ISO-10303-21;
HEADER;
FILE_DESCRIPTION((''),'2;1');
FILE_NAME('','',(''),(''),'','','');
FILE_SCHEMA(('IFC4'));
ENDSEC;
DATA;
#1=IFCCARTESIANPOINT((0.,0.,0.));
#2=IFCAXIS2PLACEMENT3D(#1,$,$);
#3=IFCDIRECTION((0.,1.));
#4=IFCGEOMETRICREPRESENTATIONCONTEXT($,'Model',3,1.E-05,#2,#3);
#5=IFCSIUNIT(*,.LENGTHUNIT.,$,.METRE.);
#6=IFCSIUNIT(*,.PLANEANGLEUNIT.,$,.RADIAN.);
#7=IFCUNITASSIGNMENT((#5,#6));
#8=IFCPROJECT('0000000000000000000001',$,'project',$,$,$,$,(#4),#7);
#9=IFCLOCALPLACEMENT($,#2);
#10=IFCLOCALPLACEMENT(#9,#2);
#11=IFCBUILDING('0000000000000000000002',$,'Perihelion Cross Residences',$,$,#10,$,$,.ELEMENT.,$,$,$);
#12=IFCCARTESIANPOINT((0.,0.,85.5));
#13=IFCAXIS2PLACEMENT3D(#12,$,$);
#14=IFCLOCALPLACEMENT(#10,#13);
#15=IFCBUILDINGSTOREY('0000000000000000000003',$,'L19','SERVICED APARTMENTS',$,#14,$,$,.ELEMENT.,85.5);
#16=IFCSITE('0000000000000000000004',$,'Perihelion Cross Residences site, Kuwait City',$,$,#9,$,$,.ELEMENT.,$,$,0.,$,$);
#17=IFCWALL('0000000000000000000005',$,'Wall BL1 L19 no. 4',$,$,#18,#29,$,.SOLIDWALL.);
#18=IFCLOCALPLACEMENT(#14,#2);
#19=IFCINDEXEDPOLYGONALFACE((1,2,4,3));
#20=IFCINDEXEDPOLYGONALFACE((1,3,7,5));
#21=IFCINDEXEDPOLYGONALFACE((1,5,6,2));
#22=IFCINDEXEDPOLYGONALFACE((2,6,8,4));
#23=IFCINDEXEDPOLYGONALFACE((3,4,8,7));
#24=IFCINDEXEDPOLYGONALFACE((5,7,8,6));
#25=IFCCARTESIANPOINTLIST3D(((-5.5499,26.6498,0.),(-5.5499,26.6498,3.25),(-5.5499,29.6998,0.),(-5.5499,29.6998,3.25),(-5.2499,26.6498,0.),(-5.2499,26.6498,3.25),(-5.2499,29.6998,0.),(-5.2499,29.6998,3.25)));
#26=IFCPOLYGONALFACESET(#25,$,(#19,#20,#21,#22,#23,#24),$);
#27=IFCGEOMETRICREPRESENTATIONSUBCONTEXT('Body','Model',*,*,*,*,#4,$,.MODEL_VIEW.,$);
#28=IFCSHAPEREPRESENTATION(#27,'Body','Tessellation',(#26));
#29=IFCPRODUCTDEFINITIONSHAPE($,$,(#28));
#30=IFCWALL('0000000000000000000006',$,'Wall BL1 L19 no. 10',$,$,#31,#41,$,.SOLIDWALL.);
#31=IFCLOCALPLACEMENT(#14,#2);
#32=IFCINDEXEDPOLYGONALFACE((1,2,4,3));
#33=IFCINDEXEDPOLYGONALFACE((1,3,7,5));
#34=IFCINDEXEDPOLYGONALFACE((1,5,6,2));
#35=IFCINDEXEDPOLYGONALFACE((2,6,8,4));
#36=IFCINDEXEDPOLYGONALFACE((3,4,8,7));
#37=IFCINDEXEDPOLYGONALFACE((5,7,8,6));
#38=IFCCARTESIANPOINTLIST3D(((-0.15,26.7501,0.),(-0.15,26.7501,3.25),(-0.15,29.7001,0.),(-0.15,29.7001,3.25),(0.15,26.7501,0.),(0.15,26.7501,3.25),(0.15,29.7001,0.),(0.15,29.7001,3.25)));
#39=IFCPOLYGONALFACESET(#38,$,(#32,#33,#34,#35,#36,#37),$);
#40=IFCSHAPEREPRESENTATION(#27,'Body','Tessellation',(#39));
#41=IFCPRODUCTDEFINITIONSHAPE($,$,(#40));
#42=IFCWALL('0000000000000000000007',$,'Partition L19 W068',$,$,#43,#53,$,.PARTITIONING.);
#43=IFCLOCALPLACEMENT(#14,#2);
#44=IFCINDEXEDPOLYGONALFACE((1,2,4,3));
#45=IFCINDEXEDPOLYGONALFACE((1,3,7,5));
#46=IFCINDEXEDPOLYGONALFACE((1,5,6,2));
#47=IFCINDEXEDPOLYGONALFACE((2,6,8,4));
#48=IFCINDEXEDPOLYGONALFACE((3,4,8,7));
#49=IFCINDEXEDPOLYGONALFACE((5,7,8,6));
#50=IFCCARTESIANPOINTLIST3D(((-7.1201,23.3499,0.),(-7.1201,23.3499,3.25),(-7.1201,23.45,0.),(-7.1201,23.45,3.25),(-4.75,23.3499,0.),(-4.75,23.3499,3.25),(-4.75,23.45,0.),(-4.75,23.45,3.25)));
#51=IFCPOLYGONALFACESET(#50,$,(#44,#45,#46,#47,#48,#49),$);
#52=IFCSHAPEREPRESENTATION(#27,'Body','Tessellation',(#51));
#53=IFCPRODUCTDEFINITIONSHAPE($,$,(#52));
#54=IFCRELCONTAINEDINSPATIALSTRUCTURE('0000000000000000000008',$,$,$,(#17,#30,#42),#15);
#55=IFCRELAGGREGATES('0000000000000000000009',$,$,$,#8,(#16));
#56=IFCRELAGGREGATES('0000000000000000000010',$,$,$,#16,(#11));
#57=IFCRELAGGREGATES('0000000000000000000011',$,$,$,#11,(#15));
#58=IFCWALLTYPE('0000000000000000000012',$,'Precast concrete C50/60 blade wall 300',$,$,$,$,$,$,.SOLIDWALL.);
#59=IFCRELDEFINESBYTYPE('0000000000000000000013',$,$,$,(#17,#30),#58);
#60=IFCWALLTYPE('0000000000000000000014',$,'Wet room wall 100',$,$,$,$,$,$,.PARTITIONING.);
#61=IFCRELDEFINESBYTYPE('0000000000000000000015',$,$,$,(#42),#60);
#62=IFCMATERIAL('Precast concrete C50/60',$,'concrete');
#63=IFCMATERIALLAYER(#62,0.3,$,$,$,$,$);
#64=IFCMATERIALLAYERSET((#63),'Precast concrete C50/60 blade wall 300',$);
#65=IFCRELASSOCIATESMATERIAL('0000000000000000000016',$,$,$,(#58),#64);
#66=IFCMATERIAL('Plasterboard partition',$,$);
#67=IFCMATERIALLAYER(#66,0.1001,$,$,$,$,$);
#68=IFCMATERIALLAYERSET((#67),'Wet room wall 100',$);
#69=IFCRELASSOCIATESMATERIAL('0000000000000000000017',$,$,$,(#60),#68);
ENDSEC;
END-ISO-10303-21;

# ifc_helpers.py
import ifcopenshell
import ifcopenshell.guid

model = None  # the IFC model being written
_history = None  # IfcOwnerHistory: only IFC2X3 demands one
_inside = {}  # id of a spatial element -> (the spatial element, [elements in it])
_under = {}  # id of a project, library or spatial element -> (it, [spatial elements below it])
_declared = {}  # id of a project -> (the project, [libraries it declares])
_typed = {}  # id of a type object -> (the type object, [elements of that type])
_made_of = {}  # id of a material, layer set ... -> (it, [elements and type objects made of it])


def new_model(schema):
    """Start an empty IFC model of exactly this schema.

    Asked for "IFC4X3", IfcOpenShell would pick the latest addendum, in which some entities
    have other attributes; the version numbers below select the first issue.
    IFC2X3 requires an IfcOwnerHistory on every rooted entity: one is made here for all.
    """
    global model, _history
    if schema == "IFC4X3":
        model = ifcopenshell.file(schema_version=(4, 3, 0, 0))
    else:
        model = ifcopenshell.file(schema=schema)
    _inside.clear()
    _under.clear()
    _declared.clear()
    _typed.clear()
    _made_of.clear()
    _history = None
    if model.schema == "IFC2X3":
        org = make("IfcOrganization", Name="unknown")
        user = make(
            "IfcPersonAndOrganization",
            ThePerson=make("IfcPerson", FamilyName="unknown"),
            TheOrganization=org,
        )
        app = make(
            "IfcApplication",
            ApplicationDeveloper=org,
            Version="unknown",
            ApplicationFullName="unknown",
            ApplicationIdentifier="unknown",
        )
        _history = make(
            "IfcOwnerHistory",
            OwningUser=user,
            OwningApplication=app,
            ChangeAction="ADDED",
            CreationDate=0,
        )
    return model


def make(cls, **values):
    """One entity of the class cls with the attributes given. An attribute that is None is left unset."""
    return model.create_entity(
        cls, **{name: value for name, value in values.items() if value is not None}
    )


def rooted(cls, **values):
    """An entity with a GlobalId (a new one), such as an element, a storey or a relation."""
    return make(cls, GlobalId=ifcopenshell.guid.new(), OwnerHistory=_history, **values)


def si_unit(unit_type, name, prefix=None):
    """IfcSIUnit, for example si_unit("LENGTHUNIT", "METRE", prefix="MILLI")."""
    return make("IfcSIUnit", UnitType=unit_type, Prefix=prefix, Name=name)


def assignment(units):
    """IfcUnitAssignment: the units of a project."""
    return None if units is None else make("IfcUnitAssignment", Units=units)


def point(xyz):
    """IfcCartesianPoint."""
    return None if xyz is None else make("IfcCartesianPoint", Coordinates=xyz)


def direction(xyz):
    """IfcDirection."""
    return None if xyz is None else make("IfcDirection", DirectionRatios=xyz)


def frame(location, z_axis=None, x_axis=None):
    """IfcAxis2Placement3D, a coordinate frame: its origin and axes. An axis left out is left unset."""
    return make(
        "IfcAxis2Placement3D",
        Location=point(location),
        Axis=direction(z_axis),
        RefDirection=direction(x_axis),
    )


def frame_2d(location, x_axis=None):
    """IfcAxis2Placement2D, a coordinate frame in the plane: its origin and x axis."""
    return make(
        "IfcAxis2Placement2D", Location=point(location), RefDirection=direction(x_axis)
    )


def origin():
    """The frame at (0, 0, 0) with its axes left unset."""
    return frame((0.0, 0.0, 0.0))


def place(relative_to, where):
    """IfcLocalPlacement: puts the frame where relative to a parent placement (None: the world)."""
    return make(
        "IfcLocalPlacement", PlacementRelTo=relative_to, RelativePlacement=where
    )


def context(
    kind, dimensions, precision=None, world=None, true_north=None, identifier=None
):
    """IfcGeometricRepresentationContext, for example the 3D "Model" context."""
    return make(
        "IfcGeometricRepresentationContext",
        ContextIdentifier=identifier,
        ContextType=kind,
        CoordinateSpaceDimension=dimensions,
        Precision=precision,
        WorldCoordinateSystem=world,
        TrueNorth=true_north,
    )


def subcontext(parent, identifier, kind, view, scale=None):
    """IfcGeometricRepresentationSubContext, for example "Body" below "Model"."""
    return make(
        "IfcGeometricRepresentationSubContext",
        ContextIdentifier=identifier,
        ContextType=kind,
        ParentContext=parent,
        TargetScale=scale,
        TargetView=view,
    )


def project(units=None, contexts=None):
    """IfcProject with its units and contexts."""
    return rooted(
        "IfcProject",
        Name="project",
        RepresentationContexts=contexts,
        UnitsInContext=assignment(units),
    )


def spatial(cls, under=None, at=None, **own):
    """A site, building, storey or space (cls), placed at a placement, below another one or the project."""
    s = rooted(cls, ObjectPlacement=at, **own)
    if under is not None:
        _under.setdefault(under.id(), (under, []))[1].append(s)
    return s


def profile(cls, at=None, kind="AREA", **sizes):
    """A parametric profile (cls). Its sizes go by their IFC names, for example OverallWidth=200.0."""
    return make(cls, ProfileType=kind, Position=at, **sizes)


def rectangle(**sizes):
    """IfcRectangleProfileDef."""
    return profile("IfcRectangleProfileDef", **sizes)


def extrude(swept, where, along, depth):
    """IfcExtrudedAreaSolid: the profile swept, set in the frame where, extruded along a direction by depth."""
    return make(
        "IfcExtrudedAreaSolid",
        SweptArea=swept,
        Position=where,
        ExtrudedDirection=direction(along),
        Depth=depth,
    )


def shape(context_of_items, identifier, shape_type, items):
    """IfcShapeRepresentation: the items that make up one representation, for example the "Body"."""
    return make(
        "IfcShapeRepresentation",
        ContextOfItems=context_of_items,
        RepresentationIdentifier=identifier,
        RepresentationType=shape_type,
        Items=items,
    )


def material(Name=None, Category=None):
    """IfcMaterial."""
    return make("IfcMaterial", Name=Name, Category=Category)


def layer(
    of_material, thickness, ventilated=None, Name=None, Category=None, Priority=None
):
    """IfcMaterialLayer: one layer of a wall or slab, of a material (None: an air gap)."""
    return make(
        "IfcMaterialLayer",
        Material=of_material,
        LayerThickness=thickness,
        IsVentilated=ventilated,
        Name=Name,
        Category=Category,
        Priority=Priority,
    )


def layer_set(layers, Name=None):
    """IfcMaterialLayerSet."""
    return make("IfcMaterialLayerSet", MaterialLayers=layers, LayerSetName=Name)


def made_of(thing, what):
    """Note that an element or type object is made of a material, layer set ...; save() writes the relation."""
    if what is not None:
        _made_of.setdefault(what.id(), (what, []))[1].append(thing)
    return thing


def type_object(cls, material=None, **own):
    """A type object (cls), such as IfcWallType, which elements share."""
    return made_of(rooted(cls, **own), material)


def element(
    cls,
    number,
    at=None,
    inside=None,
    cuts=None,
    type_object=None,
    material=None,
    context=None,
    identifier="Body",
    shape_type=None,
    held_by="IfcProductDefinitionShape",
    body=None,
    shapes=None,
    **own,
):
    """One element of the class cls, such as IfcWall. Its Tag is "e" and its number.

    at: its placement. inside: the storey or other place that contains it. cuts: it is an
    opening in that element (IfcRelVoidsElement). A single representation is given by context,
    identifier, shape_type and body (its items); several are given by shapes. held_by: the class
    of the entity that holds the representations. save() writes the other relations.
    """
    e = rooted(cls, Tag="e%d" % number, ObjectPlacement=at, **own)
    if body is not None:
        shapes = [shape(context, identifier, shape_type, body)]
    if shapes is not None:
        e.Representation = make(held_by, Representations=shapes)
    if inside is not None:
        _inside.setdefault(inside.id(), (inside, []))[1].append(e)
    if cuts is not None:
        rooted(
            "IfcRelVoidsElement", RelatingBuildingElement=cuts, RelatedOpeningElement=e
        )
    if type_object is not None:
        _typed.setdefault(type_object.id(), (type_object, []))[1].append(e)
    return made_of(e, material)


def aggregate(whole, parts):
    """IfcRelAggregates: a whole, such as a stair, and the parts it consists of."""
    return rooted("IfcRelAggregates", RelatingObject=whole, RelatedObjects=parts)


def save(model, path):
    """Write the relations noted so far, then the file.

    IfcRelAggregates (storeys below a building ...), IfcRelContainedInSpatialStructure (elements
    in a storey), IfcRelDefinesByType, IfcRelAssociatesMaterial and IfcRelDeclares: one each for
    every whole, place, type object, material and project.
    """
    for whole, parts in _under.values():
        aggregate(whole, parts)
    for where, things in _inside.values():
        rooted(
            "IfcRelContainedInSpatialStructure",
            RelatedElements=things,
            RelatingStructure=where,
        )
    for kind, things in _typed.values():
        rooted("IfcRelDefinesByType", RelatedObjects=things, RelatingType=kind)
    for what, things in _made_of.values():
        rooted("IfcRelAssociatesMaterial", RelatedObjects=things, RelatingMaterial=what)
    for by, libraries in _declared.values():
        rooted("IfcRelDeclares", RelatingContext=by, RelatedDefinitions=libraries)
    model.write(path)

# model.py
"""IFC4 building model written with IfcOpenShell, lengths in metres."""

from ifc_helpers import new_model, si_unit, direction, frame, frame_2d, origin, place, context, subcontext, project, spatial, rectangle, extrude, material, layer, layer_set, type_object, element, save


model = new_model("IFC4")

# Units and contexts
model_context = context("Model", 3, precision=1e-05, world=origin(), true_north=direction((0.0, 1.0)))
body_context = subcontext(model_context, "Body", "Model", "MODEL_VIEW")
ifc_project = project(units=[si_unit("LENGTHUNIT", "METRE"), si_unit("PLANEANGLEUNIT", "RADIAN")], contexts=[model_context])

# Site, building, storey
site_placement = place(None, origin())
site = spatial("IfcSite", under=ifc_project, at=site_placement, Name="Perihelion Cross Residences site, Kuwait City", CompositionType="ELEMENT", RefElevation=0.0)
building_placement = place(site_placement, origin())
building = spatial("IfcBuilding", under=site, at=building_placement, Name="Perihelion Cross Residences", CompositionType="ELEMENT")
storey_placement = place(building_placement, frame((0.0, 0.0, 85.5)))
storey = spatial("IfcBuildingStorey", under=building, at=storey_placement, Name="L19", Description="SERVICED APARTMENTS", CompositionType="ELEMENT", Elevation=85.5)

# Walls
ifc_material_1 = material(Name="Precast concrete C50/60", Category="concrete")
ifc_layer_1 = layer(ifc_material_1, 0.3)
ifc_layer_set_1 = layer_set([ifc_layer_1], Name="Precast concrete C50/60 blade wall 300")
wall_type_1 = type_object("IfcWallType", Name="Precast concrete C50/60 blade wall 300", PredefinedType="SOLIDWALL", material=ifc_layer_set_1)
wall_1_placement = place(storey_placement, frame((-5.3999, 26.6499, 0.0), z_axis=(0.0, 0.0, 1.0), x_axis=(0.0, 1.0, 0.0)))
element("IfcWall", 1, at=wall_1_placement, inside=storey, type_object=wall_type_1, Name="Wall BL1 L19 no. 4", PredefinedType="SOLIDWALL", context=body_context, shape_type="SweptSolid", body=[
    extrude(rectangle(XDim=3.05, YDim=0.3, at=frame_2d((1.5249, 0.0))), origin(), (0.0, 0.0, 1.0), 3.25),
])
wall_2_placement = place(storey_placement, frame((0.0, 26.75, 0.0), z_axis=(0.0, 0.0, 1.0), x_axis=(0.0, 1.0, 0.0)))
element("IfcWall", 2, at=wall_2_placement, inside=storey, type_object=wall_type_1, Name="Wall BL1 L19 no. 10", PredefinedType="SOLIDWALL", context=body_context, shape_type="SweptSolid", body=[
    extrude(rectangle(XDim=2.95, YDim=0.3, at=frame_2d((1.4751, 0.0))), origin(), (0.0, 0.0, 1.0), 3.25),
])
ifc_material_2 = material(Name="Plasterboard partition")
ifc_layer_2 = layer(ifc_material_2, 0.1001)
ifc_layer_set_2 = layer_set([ifc_layer_2], Name="Wet room wall 100")
wall_type_2 = type_object("IfcWallType", Name="Wet room wall 100", PredefinedType="PARTITIONING", material=ifc_layer_set_2)
wall_3_placement = place(storey_placement, frame((-7.1201, 23.3999, 0.0), z_axis=(0.0, 0.0, 1.0), x_axis=(1.0, 0.0, 0.0)))
element("IfcWall", 3, at=wall_3_placement, inside=storey, type_object=wall_type_2, Name="Partition L19 W068", PredefinedType="PARTITIONING", context=body_context, shape_type="SweptSolid", body=[
    extrude(rectangle(XDim=2.3701, YDim=0.1001, at=frame_2d((1.1851, 0.0))), origin(), (0.0, 0.0, 1.0), 3.25),
])

save(model, "model.ifc")
